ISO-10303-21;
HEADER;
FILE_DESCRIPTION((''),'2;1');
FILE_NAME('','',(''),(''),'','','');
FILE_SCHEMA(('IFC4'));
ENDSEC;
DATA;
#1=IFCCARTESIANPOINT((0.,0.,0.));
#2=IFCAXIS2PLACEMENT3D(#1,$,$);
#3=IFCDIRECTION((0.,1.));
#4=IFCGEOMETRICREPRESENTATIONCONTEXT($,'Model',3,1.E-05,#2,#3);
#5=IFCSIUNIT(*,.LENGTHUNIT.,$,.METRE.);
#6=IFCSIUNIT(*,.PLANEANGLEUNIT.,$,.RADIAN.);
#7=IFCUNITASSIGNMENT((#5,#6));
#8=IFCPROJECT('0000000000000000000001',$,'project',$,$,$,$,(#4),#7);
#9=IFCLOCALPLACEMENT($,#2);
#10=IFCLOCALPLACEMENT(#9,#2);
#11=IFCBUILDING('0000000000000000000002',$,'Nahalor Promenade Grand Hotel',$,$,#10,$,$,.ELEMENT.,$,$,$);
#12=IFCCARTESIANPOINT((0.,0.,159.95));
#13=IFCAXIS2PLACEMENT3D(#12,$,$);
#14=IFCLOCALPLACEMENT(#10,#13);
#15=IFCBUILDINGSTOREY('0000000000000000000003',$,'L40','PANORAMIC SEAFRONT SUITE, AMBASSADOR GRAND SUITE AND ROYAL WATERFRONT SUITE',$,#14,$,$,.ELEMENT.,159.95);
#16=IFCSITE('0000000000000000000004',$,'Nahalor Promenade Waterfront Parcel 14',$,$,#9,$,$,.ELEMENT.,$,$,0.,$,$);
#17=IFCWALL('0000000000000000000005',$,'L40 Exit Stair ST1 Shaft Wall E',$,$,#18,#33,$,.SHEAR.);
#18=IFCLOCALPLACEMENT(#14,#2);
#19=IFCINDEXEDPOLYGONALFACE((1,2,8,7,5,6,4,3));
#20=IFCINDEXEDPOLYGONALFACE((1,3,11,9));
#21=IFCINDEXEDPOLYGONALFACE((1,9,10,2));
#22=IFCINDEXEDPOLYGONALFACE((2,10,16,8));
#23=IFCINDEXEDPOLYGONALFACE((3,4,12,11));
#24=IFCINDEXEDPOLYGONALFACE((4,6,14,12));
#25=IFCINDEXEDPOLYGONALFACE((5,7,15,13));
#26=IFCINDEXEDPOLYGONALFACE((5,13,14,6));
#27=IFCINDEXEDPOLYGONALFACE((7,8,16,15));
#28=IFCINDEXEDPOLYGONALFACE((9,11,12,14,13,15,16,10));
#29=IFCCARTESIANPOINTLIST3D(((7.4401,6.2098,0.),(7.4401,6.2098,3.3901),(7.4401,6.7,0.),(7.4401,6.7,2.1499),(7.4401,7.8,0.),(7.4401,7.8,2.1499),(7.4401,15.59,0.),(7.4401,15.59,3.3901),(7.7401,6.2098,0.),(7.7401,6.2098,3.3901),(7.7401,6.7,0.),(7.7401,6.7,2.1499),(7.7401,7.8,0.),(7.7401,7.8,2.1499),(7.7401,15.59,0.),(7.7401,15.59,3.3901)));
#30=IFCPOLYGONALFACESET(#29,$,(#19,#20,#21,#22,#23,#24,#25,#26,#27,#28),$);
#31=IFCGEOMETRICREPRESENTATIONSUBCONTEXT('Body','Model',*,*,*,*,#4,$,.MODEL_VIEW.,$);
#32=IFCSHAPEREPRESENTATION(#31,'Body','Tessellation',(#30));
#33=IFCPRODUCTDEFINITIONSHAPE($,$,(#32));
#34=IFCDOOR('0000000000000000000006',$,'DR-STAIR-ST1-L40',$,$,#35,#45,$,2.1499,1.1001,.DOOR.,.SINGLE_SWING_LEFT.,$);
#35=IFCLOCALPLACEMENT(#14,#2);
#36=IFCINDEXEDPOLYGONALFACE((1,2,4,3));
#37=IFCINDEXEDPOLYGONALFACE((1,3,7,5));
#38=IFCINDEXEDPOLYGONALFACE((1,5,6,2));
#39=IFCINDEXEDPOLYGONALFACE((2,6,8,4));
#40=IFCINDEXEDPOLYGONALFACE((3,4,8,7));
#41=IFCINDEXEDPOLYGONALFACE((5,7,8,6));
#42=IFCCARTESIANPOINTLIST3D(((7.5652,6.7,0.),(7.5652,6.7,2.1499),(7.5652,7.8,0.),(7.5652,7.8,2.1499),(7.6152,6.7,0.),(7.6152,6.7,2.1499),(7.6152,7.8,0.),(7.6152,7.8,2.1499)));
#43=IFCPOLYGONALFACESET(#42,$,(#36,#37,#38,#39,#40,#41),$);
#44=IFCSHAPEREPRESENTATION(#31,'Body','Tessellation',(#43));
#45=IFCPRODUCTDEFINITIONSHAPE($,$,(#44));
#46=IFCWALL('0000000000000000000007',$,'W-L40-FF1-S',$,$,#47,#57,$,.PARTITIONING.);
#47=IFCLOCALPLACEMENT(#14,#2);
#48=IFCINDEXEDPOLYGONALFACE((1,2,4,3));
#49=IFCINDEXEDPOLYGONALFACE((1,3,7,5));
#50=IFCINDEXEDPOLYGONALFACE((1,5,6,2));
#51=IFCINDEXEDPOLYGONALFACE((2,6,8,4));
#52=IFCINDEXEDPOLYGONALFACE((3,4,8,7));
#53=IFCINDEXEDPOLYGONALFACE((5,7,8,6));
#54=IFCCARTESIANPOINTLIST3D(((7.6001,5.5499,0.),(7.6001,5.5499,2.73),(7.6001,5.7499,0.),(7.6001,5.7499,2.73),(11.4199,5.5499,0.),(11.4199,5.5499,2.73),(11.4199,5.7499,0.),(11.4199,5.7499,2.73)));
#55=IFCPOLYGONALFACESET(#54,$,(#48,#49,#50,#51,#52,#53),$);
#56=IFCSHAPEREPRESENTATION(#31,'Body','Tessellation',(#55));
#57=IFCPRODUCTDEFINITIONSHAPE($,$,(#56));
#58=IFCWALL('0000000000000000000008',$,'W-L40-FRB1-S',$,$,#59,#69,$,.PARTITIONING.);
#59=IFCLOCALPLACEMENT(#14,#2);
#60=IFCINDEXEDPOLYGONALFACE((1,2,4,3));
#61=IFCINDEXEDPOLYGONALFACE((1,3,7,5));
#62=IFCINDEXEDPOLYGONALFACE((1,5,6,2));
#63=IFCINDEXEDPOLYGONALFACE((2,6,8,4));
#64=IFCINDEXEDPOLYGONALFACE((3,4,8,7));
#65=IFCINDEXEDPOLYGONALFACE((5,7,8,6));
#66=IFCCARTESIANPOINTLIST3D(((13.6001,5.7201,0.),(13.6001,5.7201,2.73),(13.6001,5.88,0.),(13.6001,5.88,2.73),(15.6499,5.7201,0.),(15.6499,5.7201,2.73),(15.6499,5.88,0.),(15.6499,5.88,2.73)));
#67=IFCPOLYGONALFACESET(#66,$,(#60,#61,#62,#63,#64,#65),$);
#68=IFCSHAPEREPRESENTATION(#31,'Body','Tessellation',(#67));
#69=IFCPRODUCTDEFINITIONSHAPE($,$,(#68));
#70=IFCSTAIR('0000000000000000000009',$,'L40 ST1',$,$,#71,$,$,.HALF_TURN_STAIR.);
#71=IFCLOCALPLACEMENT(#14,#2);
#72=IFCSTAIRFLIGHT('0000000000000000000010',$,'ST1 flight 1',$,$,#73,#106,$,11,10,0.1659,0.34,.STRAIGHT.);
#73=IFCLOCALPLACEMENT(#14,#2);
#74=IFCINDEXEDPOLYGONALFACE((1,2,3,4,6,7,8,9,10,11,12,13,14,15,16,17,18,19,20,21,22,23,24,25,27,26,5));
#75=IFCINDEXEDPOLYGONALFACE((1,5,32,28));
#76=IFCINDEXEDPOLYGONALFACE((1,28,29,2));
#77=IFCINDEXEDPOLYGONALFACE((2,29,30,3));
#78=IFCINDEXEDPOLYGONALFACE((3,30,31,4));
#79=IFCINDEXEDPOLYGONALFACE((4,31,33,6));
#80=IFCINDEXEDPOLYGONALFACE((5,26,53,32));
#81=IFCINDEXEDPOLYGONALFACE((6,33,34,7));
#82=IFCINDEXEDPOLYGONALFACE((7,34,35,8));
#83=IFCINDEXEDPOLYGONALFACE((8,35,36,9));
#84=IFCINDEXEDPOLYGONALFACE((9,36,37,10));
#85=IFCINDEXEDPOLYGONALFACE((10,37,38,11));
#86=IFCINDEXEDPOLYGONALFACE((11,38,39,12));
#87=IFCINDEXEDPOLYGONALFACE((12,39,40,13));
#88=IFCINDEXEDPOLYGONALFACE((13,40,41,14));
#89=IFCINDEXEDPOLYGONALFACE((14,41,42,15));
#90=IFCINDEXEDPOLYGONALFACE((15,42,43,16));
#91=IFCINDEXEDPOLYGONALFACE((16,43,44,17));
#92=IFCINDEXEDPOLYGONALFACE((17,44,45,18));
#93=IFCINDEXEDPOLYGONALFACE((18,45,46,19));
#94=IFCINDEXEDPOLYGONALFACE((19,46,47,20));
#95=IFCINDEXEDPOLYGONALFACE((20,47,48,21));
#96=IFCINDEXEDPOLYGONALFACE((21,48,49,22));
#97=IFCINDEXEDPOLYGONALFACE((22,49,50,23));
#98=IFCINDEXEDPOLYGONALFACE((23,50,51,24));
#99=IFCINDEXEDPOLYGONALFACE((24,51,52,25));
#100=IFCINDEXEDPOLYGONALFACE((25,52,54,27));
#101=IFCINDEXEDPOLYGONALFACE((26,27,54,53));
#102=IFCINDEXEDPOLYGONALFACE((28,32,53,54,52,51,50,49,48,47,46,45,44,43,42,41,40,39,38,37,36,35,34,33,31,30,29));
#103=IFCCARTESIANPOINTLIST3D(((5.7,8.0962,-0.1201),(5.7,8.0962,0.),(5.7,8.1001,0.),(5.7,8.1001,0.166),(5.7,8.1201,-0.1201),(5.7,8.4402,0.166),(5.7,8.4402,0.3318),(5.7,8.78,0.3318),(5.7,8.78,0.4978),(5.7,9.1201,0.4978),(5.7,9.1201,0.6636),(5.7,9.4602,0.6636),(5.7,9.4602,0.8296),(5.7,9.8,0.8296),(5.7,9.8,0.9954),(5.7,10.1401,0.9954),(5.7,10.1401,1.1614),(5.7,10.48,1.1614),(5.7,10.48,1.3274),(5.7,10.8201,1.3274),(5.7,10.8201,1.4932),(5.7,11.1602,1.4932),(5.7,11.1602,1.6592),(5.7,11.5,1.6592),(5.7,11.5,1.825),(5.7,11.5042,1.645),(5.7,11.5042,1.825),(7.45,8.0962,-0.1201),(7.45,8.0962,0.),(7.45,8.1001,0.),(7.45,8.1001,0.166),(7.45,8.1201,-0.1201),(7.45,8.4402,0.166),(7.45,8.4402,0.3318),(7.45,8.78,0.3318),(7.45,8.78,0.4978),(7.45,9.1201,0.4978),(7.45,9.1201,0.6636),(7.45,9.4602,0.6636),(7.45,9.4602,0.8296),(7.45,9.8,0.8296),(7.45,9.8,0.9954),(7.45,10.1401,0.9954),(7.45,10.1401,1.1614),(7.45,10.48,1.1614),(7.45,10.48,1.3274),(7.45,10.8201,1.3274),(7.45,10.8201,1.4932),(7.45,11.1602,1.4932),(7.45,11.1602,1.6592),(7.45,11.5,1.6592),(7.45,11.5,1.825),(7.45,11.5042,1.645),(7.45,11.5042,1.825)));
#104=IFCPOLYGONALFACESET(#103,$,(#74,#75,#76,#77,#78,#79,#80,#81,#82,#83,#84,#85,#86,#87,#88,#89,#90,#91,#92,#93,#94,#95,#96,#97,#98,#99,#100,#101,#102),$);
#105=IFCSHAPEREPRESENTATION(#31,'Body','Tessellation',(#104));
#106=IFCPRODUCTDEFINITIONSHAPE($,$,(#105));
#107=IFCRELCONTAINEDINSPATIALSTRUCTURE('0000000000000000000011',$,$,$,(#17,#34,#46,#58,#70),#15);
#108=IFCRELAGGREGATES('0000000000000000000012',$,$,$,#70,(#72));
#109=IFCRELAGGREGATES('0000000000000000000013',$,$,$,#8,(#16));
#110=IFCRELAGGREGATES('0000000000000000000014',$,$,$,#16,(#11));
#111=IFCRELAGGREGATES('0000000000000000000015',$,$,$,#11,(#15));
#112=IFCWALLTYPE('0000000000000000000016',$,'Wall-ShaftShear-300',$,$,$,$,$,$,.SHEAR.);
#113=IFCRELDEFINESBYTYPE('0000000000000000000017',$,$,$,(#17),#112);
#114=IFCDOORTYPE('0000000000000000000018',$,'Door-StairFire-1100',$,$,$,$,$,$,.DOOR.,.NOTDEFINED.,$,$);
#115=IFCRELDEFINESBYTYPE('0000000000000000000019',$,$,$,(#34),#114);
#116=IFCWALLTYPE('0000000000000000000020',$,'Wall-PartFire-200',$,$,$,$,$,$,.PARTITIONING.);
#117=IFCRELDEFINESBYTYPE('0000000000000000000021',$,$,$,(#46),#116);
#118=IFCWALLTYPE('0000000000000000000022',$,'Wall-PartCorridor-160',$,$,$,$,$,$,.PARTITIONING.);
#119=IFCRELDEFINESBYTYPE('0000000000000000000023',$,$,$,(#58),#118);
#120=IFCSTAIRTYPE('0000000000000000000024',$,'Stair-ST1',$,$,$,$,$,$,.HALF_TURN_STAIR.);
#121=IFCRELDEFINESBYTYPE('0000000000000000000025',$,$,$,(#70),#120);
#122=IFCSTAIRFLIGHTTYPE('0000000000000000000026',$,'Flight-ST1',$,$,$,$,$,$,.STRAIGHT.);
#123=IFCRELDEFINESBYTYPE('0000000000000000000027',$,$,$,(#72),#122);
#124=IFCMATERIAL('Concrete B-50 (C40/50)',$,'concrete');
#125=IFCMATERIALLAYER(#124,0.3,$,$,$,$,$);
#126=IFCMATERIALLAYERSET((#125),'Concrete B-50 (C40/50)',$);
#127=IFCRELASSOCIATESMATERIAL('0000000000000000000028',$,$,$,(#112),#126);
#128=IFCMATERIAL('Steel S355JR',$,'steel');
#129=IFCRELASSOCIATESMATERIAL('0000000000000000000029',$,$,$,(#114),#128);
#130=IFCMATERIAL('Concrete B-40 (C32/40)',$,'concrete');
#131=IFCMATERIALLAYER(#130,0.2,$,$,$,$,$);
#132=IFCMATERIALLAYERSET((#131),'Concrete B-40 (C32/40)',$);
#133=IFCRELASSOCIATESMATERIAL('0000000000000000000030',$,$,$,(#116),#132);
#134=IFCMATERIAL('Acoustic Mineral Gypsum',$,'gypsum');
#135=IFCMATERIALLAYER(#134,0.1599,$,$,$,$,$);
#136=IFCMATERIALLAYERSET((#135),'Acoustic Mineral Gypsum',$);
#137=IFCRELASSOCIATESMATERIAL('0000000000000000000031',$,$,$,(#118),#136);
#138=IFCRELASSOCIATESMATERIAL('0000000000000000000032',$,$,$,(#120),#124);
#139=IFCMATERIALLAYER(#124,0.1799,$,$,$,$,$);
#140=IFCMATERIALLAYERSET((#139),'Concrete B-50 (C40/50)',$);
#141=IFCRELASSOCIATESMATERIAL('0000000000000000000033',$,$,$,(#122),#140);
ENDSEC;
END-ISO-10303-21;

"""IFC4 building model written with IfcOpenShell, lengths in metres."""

from ifc_helpers import new_model, si_unit, direction, frame, frame_2d, origin, place, context, subcontext, project, spatial, polyline, rectangle, outline, extrude, source, transform, mapped, material, layer, layer_set, type_object, element, fill, aggregate, save


model = new_model("IFC4")

# Units and contexts
model_context = context("Model", 3, precision=1e-05, world=origin(), true_north=direction((0.0, 1.0)))
body_context = subcontext(model_context, "Body", "Model", "MODEL_VIEW")
ifc_project = project(units=[si_unit("LENGTHUNIT", "METRE"), si_unit("PLANEANGLEUNIT", "RADIAN")], contexts=[model_context])

# Site, building, storey
site_placement = place(None, origin())
site = spatial("IfcSite", under=ifc_project, at=site_placement, Name="Nahalor Promenade Waterfront Parcel 14", CompositionType="ELEMENT", RefElevation=0.0)
building_placement = place(site_placement, origin())
building = spatial("IfcBuilding", under=site, at=building_placement, Name="Nahalor Promenade Grand Hotel", CompositionType="ELEMENT")
storey_placement = place(building_placement, frame((0.0, 0.0, 159.95)))
storey = spatial("IfcBuildingStorey", under=building, at=storey_placement, Name="L40", Description="PANORAMIC SEAFRONT SUITE, AMBASSADOR GRAND SUITE AND ROYAL WATERFRONT SUITE", CompositionType="ELEMENT", Elevation=159.95)

# Shared definitions
ifc_material_1 = material(Name="Steel S355JR", Category="steel")

# Wall, opening, door
ifc_material_2 = material(Name="Concrete B-50 (C40/50)", Category="concrete")
ifc_layer_1 = layer(ifc_material_2, 0.3)
ifc_layer_set_1 = layer_set([ifc_layer_1], Name="Concrete B-50 (C40/50)")
wall_type_1 = type_object("IfcWallType", Name="Wall-ShaftShear-300", PredefinedType="SHEAR", material=ifc_layer_set_1)
shared_shape_1 = source(origin(), body_context, "Body", "SweptSolid", [
    extrude(rectangle(XDim=9.3801, YDim=0.3, at=frame_2d((4.6899, 0.0))), origin(), (0.0, 0.0, 1.0), 3.3901),
])
wall_1_placement = place(storey_placement, frame((7.5901, 6.21, 0.0), z_axis=(0.0, 0.0, 1.0), x_axis=(0.0, 1.0, 0.0)))
wall_1 = element("IfcWall", 1, at=wall_1_placement, inside=storey, type_object=wall_type_1, Name="L40 Exit Stair ST1 Shaft Wall E", PredefinedType="SHEAR", context=body_context, shape_type="MappedRepresentation", body=[
    mapped(shared_shape_1, transform((0.0, 0.0, 0.0), scale=1.0)),
])
opening_1_placement = place(wall_1_placement, frame((0.49, 0.0, 0.0)))
opening_1 = element("IfcOpeningElement", 2, at=opening_1_placement, cuts=wall_1, PredefinedType="OPENING", context=body_context, shape_type="SweptSolid", body=[
    extrude(rectangle(XDim=1.1001, YDim=2.1499, at=frame_2d((0.55, 1.075))), frame((0.0, 0.1599, 0.0), z_axis=(0.0, -1.0, 0.0), x_axis=(1.0, 0.0, 0.0)), (0.0, 0.0, 1.0), 0.3201),
])
door_type_1 = type_object("IfcDoorType", Name="Door-StairFire-1100", OperationType="NOTDEFINED", PredefinedType="DOOR", material=ifc_material_1)
shared_shape_2 = source(origin(), body_context, "Body", "SweptSolid", [
    extrude(rectangle(XDim=1.1001, YDim=2.1499, at=frame_2d((0.55, 1.075))), frame((0.0, 0.0249, 0.0), z_axis=(0.0, -1.0, 0.0), x_axis=(1.0, 0.0, 0.0)), (0.0, 0.0, 1.0), 0.05),
])
door_1_placement = place(opening_1_placement, origin())
door_1 = element("IfcDoor", 3, at=door_1_placement, inside=storey, type_object=door_type_1, Name="DR-STAIR-ST1-L40", OperationType="SINGLE_SWING_LEFT", OverallHeight=2.1499, OverallWidth=1.1001, PredefinedType="DOOR", context=body_context, shape_type="MappedRepresentation", body=[
    mapped(shared_shape_2, transform((0.0, 0.0, 0.0), scale=1.0)),
])
fill(opening_1, door_1)

# Wall
ifc_material_3 = material(Name="Concrete B-40 (C32/40)", Category="concrete")
ifc_layer_2 = layer(ifc_material_3, 0.2)
ifc_layer_set_2 = layer_set([ifc_layer_2], Name="Concrete B-40 (C32/40)")
wall_type_2 = type_object("IfcWallType", Name="Wall-PartFire-200", PredefinedType="PARTITIONING", material=ifc_layer_set_2)
shared_shape_3 = source(origin(), body_context, "Body", "SweptSolid", [
    extrude(rectangle(XDim=3.8198, YDim=0.2, at=frame_2d((1.9099, 0.0))), origin(), (0.0, 0.0, 1.0), 2.73),
])
wall_2_placement = place(storey_placement, frame((7.6001, 5.6499, 0.0), z_axis=(0.0, 0.0, 1.0), x_axis=(1.0, 0.0, 0.0)))
element("IfcWall", 4, at=wall_2_placement, inside=storey, type_object=wall_type_2, Name="W-L40-FF1-S", PredefinedType="PARTITIONING", context=body_context, shape_type="MappedRepresentation", body=[
    mapped(shared_shape_3, transform((0.0, 0.0, 0.0), scale=1.0)),
])

# Wall
ifc_material_4 = material(Name="Acoustic Mineral Gypsum", Category="gypsum")
ifc_layer_3 = layer(ifc_material_4, 0.1599)
ifc_layer_set_3 = layer_set([ifc_layer_3], Name="Acoustic Mineral Gypsum")
wall_type_3 = type_object("IfcWallType", Name="Wall-PartCorridor-160", PredefinedType="PARTITIONING", material=ifc_layer_set_3)
shared_shape_4 = source(origin(), body_context, "Body", "SweptSolid", [
    extrude(rectangle(XDim=2.0498, YDim=0.1599, at=frame_2d((1.0249, 0.0))), origin(), (0.0, 0.0, 1.0), 2.73),
])
wall_3_placement = place(storey_placement, frame((13.6001, 5.8, 0.0), z_axis=(0.0, 0.0, 1.0), x_axis=(1.0, 0.0, 0.0)))
element("IfcWall", 5, at=wall_3_placement, inside=storey, type_object=wall_type_3, Name="W-L40-FRB1-S", PredefinedType="PARTITIONING", context=body_context, shape_type="MappedRepresentation", body=[
    mapped(shared_shape_4, transform((0.0, 0.0, 0.0), scale=1.0)),
])

# Stair, stair flight
stair_type = type_object("IfcStairType", Name="Stair-ST1", PredefinedType="HALF_TURN_STAIR", material=ifc_material_2)
stair_placement = place(storey_placement, origin())
stair = element("IfcStair", 6, at=stair_placement, inside=storey, type_object=stair_type, Name="L40 ST1", PredefinedType="HALF_TURN_STAIR")
ifc_layer_4 = layer(ifc_material_2, 0.1799)
ifc_layer_set_4 = layer_set([ifc_layer_4], Name="Concrete B-50 (C40/50)")
stair_flight_type = type_object("IfcStairFlightType", Name="Flight-ST1", PredefinedType="STRAIGHT", material=ifc_layer_set_4)
shared_shape_5 = source(origin(), body_context, "Body", "SweptSolid", [
    extrude(outline(polyline([(-0.0039, -0.1201), (-0.0039, 0.0), (0.0, 0.0), (0.0, 0.166), (0.3401, 0.166), (0.3401, 0.3318), (0.6799, 0.3318), (0.6799, 0.4978), (1.02, 0.4978), (1.02, 0.6636), (1.3601, 0.6636), (1.3601, 0.8296), (1.7, 0.8296), (1.7, 0.9954), (2.04, 0.9954), (2.04, 1.1614), (2.3799, 1.1614), (2.3799, 1.3274), (2.72, 1.3274), (2.72, 1.4932), (3.0601, 1.4932), (3.0601, 1.6592), (3.3999, 1.6592), (3.3999, 1.825), (3.4041, 1.825), (3.4041, 1.645), (0.02, -0.1201), (-0.0039, -0.1201)])), frame((0.0, 0.875, 0.0), z_axis=(0.0, -1.0, 0.0), x_axis=(1.0, 0.0, 0.0)), (0.0, 0.0, 1.0), 1.75),
])
stair_flight_placement = place(storey_placement, frame((6.575, 8.1001, 0.0), z_axis=(0.0, 0.0, 1.0), x_axis=(0.0, 1.0, 0.0)))
stair_flight = element("IfcStairFlight", 7, at=stair_flight_placement, type_object=stair_flight_type, Name="ST1 flight 1", NumberOfRisers=11, NumberOfTreads=10, PredefinedType="STRAIGHT", RiserHeight=0.1659, TreadLength=0.34, context=body_context, shape_type="MappedRepresentation", body=[
    mapped(shared_shape_5, transform((0.0, 0.0, 0.0), scale=1.0)),
])
aggregate(stair, [stair_flight])

save(model, "model.ifc")
